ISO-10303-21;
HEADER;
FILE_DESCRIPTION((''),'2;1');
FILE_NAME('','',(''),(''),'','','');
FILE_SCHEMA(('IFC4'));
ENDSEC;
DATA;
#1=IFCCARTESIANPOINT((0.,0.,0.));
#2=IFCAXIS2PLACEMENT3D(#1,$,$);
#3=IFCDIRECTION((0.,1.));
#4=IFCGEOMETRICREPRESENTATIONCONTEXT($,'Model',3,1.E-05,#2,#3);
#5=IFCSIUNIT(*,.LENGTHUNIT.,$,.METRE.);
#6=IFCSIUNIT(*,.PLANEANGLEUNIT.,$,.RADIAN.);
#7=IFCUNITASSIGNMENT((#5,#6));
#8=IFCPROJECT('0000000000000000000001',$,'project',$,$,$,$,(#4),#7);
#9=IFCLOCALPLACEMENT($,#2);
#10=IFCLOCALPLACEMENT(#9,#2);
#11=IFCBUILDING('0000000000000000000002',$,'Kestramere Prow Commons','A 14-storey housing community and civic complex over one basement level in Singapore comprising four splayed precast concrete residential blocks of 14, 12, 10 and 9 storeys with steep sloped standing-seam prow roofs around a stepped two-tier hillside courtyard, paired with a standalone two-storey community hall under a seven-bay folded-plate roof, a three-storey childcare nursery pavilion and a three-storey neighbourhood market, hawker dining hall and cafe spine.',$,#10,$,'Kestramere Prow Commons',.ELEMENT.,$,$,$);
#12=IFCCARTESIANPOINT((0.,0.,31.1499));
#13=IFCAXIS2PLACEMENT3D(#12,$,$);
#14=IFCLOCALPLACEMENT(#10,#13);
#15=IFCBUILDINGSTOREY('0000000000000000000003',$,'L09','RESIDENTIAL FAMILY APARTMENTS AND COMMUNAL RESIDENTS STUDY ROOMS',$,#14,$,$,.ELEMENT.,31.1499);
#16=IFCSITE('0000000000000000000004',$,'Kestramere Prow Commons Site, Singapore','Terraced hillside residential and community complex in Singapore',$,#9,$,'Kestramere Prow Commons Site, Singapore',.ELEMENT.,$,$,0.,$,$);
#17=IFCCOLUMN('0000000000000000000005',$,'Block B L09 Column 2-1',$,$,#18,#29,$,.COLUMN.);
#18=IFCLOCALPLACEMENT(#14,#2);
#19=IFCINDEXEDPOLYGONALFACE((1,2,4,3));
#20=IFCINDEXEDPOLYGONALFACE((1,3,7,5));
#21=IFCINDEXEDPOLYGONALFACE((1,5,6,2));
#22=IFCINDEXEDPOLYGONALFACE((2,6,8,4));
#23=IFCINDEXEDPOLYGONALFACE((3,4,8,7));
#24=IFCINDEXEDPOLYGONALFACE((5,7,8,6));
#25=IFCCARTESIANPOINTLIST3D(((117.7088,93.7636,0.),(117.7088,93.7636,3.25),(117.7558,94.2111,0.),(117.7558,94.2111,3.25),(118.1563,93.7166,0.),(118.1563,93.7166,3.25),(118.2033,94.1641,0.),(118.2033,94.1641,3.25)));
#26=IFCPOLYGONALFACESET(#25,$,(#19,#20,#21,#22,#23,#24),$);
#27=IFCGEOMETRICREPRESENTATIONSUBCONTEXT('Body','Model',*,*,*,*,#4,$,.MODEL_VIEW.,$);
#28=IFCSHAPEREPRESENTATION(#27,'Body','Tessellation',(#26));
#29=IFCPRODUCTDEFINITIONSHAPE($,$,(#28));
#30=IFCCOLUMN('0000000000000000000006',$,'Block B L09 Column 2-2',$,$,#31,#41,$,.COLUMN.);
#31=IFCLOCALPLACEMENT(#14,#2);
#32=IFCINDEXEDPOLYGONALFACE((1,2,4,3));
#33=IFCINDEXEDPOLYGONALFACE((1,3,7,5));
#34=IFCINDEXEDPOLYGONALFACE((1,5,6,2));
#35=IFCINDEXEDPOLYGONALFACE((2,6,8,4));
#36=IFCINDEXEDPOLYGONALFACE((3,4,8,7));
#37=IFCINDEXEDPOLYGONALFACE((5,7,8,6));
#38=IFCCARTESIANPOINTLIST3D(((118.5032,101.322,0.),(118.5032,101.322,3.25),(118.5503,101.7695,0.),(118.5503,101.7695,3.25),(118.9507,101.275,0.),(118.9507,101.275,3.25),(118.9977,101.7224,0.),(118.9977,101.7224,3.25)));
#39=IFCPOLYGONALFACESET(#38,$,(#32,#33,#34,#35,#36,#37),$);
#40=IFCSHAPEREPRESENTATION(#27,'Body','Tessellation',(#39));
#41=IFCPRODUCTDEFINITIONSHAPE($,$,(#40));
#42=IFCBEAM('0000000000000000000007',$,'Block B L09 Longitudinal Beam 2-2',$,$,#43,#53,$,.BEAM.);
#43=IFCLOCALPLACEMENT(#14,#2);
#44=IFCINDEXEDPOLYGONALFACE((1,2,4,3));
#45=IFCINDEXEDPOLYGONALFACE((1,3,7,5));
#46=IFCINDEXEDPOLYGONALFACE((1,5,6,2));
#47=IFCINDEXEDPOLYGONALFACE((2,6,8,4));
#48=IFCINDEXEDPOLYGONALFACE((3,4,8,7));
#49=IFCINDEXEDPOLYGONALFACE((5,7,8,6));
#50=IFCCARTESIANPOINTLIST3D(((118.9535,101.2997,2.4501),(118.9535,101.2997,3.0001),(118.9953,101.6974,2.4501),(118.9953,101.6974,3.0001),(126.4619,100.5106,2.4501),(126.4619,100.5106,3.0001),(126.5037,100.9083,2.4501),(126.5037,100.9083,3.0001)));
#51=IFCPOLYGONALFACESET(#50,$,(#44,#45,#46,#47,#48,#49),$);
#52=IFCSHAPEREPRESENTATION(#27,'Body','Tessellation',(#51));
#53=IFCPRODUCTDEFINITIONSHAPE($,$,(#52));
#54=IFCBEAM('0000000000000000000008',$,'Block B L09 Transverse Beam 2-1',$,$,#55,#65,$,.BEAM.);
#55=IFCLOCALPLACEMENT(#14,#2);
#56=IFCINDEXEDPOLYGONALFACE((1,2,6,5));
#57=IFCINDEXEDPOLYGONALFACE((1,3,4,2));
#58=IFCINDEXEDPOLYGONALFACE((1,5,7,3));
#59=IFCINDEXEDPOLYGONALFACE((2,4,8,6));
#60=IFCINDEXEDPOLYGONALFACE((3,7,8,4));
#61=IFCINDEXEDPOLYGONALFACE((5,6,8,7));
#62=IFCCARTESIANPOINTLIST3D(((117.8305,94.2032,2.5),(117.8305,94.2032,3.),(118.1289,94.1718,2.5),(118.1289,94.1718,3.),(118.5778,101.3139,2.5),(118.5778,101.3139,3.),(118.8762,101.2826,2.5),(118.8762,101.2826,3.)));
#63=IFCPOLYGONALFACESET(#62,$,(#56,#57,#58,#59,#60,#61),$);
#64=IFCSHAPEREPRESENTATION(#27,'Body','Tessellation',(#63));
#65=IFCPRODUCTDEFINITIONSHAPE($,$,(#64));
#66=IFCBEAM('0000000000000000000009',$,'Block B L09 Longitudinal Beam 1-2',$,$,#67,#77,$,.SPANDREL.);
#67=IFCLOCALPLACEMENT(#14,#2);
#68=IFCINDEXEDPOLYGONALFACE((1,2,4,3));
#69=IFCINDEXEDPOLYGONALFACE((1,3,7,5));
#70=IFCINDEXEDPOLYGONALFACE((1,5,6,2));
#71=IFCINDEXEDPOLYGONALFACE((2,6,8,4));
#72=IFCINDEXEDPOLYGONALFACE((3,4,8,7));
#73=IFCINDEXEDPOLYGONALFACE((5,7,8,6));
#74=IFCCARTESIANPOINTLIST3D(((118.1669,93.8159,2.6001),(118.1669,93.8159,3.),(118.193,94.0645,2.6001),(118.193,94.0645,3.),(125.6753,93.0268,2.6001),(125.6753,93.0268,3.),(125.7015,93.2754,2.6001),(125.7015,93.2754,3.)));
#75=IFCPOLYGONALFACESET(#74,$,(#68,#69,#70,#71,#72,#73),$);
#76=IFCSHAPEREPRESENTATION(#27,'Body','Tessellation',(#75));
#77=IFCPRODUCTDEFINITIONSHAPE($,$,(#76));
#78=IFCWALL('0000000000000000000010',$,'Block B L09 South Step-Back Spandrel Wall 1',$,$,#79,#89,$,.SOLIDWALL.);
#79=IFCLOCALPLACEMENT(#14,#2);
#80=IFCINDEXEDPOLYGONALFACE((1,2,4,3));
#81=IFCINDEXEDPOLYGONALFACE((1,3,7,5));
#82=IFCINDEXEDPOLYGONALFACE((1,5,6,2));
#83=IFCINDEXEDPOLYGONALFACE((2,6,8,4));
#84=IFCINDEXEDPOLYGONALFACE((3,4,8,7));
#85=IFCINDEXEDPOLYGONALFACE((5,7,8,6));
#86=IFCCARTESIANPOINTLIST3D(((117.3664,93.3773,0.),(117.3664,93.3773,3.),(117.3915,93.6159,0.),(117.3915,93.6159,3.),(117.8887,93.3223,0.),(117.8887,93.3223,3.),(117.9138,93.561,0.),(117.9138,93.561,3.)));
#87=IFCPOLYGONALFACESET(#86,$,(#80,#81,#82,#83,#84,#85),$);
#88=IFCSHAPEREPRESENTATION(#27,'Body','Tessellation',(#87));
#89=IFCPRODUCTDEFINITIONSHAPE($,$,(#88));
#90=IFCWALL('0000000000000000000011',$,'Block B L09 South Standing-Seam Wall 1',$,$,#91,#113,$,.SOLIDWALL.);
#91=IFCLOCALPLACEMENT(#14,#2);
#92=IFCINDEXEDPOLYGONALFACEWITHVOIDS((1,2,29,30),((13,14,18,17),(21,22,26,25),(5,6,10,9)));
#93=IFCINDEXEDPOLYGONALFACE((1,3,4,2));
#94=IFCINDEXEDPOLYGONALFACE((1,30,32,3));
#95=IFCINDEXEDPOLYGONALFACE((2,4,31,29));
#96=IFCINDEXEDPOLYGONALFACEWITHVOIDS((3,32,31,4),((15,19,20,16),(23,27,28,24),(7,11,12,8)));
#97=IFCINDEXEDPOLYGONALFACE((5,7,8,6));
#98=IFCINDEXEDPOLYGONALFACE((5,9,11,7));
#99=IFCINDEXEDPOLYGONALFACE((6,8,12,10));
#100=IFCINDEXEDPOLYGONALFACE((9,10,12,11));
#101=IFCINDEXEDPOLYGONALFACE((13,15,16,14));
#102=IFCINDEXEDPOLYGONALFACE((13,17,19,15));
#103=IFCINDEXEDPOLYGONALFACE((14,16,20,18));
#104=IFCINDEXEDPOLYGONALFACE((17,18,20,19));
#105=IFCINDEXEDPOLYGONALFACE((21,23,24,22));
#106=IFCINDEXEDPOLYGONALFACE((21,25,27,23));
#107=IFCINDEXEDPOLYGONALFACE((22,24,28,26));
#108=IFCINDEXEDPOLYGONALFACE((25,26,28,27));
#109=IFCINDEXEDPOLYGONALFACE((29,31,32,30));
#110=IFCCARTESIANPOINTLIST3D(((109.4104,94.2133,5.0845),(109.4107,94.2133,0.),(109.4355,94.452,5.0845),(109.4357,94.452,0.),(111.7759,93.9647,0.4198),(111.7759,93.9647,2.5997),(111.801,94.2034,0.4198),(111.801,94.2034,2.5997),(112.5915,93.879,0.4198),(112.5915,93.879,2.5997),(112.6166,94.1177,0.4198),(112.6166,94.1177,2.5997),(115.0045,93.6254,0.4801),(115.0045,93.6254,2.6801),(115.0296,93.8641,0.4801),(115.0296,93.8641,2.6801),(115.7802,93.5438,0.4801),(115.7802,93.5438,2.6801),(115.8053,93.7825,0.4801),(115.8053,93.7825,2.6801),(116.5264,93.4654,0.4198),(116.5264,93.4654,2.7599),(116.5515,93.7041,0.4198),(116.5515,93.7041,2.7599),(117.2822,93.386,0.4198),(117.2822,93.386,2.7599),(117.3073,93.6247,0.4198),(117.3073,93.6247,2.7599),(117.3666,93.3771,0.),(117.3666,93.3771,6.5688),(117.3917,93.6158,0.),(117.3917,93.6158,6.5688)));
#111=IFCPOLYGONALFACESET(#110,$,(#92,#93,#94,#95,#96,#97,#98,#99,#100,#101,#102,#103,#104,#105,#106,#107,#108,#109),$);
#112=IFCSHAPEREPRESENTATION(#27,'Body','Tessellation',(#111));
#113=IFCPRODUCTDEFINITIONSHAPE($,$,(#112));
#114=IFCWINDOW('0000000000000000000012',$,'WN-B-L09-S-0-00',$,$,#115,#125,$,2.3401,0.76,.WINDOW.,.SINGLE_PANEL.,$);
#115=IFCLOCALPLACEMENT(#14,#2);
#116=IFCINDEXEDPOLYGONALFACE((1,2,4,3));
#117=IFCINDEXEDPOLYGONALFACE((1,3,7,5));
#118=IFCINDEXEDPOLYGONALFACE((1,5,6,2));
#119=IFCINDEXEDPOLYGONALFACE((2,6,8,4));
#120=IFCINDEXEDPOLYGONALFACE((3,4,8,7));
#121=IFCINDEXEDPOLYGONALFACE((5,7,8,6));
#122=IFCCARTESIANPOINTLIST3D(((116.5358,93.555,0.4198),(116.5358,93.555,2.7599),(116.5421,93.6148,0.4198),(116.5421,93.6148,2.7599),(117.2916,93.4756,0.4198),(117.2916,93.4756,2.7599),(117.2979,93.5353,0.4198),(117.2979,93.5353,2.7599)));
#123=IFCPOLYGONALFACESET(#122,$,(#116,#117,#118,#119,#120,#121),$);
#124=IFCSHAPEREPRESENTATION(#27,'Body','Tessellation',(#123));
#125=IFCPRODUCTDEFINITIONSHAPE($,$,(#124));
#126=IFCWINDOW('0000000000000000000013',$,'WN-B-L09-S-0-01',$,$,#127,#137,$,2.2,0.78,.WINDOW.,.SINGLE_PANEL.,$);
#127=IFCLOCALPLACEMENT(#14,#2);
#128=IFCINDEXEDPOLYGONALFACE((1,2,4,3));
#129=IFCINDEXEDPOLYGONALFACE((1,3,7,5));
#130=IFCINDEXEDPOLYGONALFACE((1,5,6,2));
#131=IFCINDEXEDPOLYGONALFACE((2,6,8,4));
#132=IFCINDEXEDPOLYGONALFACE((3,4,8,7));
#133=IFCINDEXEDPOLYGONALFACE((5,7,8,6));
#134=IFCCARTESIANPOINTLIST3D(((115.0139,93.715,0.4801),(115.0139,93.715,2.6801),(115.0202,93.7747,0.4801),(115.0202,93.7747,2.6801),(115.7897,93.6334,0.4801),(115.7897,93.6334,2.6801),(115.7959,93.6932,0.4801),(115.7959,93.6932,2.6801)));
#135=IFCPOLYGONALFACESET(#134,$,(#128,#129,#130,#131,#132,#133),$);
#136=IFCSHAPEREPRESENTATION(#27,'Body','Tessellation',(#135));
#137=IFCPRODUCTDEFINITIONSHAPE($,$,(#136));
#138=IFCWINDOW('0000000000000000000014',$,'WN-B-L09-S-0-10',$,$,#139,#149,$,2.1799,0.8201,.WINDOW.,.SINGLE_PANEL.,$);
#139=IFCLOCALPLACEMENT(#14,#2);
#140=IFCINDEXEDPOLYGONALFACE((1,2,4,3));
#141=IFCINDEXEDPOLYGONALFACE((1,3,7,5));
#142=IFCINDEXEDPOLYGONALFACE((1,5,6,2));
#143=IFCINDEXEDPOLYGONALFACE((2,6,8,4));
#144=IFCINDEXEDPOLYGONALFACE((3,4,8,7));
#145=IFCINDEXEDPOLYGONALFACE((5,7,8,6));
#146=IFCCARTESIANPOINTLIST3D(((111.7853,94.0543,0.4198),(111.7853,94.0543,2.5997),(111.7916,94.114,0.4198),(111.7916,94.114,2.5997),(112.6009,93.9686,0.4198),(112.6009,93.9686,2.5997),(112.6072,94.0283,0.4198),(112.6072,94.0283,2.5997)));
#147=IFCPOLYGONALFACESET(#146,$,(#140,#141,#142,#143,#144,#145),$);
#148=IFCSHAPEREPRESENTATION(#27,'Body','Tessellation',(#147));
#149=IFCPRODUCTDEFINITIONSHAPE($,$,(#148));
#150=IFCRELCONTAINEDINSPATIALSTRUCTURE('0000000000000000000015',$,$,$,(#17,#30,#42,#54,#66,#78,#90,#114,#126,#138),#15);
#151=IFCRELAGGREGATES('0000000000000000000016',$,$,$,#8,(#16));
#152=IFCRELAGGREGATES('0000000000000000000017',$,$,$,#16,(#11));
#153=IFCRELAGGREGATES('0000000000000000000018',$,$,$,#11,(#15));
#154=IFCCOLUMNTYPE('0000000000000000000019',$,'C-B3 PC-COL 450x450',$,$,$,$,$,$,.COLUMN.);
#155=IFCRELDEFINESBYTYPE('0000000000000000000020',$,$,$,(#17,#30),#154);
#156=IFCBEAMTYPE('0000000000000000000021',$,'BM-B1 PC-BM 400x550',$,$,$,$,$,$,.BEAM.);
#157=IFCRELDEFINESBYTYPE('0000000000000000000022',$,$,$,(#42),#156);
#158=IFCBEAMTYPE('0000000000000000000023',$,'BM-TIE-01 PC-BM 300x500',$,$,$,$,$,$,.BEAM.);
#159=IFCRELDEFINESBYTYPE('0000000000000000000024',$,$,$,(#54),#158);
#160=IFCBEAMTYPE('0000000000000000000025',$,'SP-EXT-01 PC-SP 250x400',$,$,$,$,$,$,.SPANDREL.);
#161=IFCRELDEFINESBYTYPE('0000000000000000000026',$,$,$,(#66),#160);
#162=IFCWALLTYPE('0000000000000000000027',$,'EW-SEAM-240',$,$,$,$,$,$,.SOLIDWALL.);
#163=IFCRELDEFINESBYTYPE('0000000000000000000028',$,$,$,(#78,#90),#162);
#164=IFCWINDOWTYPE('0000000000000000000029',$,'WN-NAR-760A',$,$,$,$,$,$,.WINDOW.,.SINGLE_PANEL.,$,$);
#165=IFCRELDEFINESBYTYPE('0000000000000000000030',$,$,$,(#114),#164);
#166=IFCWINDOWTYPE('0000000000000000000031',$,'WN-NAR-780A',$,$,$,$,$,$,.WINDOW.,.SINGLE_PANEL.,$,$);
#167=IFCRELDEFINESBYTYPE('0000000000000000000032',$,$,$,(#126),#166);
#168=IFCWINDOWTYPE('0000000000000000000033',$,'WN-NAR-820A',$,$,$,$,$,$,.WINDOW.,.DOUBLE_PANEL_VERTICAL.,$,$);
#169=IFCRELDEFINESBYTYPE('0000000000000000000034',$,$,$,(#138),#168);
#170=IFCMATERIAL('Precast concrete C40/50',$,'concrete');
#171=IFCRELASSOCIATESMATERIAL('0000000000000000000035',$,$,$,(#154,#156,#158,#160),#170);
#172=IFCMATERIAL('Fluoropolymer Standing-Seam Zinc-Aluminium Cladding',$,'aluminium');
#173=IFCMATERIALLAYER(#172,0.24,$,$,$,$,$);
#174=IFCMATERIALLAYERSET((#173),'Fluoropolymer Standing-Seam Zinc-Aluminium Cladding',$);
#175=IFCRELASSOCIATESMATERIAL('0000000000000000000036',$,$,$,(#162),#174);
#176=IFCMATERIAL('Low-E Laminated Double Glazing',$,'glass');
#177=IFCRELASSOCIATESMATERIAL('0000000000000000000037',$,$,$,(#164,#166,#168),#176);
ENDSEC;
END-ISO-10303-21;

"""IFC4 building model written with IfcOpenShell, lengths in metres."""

from ifc_helpers import new_model, si_unit, direction, frame, frame_2d, origin, origin_2d, place, context, subcontext, project, spatial, polyline, rectangle, outline, extrude, material, layer, layer_set, material_profile, profile_set, type_object, element, fill, save


model = new_model("IFC4")

# Units and contexts
model_context = context("Model", 3, precision=1e-05, world=origin(), true_north=direction((0.0, 1.0)))
body_context = subcontext(model_context, "Body", "Model", "MODEL_VIEW")
ifc_project = project(units=[si_unit("LENGTHUNIT", "METRE"), si_unit("PLANEANGLEUNIT", "RADIAN")], contexts=[model_context])

# Site, building, storey
site_placement = place(None, origin())
site = spatial("IfcSite", under=ifc_project, at=site_placement, Name="Kestramere Prow Commons Site, Singapore", Description="Terraced hillside residential and community complex in Singapore", LongName="Kestramere Prow Commons Site, Singapore", CompositionType="ELEMENT", RefElevation=0.0)
building_placement = place(site_placement, origin())
building = spatial("IfcBuilding", under=site, at=building_placement, Name="Kestramere Prow Commons", Description="A 14-storey housing community and civic complex over one basement level in Singapore comprising four splayed precast concrete residential blocks of 14, 12, 10 and 9 storeys with steep sloped standing-seam prow roofs around a stepped two-tier hillside courtyard, paired with a standalone two-storey community hall under a seven-bay folded-plate roof, a three-storey childcare nursery pavilion and a three-storey neighbourhood market, hawker dining hall and cafe spine.", LongName="Kestramere Prow Commons", CompositionType="ELEMENT")
storey_placement = place(building_placement, frame((0.0, 0.0, 31.1499)))
storey = spatial("IfcBuildingStorey", under=building, at=storey_placement, Name="L09", Description="RESIDENTIAL FAMILY APARTMENTS AND COMMUNAL RESIDENTS STUDY ROOMS", CompositionType="ELEMENT", Elevation=31.1499)

# Columns
ifc_material_1 = material(Name="Precast concrete C40/50", Category="concrete")
ifc_material_profile_1 = material_profile(ifc_material_1, rectangle(XDim=0.45, YDim=0.45, at=origin_2d()), Name="PC-COL 450x450")
ifc_profile_set_1 = profile_set([ifc_material_profile_1], Name="Precast concrete C40/50")
column_type = type_object("IfcColumnType", Name="C-B3 PC-COL 450x450", PredefinedType="COLUMN", material=ifc_profile_set_1)
for number, where, z_axis, x_axis, name in (
    (1, (117.9561, 93.9639, 0.0), (0.0, 0.0, 1.0), (0.994522, -0.104528, 0.0), "Block B L09 Column 2-1"),
    (2, (118.7505, 101.5222, 0.0), (0.0, 0.0, 1.0), (0.994522, -0.104528, 0.0), "Block B L09 Column 2-2"),
):
    element("IfcColumn", number, at=place(storey_placement, frame(where, z_axis=z_axis, x_axis=x_axis)), inside=storey, type_object=column_type, Name=name, PredefinedType="COLUMN", context=body_context, shape_type="SweptSolid", body=[
        extrude(rectangle(XDim=0.45, YDim=0.45, at=origin_2d()), origin(), (0.0, 0.0, 1.0), 3.25),
    ])

# Beams
ifc_material_profile_2 = material_profile(ifc_material_1, rectangle(XDim=0.3999, YDim=0.55, at=origin_2d()), Name="PC-BM 400x550")
ifc_profile_set_2 = profile_set([ifc_material_profile_2], Name="Precast concrete C40/50")
beam_type_1 = type_object("IfcBeamType", Name="BM-B1 PC-BM 400x550", PredefinedType="BEAM", material=ifc_profile_set_2)
beam_1_placement = place(storey_placement, frame((118.9744, 101.4985, 2.7251), z_axis=(0.994524, -0.104513, 0.0), x_axis=(0.104513, 0.994524, 0.0)))
element("IfcBeam", 3, at=beam_1_placement, inside=storey, type_object=beam_type_1, Name="Block B L09 Longitudinal Beam 2-2", PredefinedType="BEAM", context=body_context, shape_type="SweptSolid", body=[
    extrude(rectangle(XDim=0.3999, YDim=0.55, at=origin_2d()), origin(), (0.0, 0.0, 1.0), 7.5498),
])
ifc_material_profile_3 = material_profile(ifc_material_1, rectangle(XDim=0.3, YDim=0.5, at=origin_2d()), Name="PC-BM 300x500")
ifc_profile_set_3 = profile_set([ifc_material_profile_3], Name="Precast concrete C40/50")
beam_type_2 = type_object("IfcBeamType", Name="BM-TIE-01 PC-BM 300x500", PredefinedType="BEAM", material=ifc_profile_set_3)
beam_2_placement = place(storey_placement, frame((117.9797, 94.1875, 2.75), z_axis=(0.104519, 0.994523, 0.0), x_axis=(-0.994523, 0.104519, 0.0)))
element("IfcBeam", 4, at=beam_2_placement, inside=storey, type_object=beam_type_2, Name="Block B L09 Transverse Beam 2-1", PredefinedType="BEAM", context=body_context, shape_type="SweptSolid", body=[
    extrude(rectangle(XDim=0.3, YDim=0.5, at=origin_2d()), origin(), (0.0, 0.0, 1.0), 7.1499),
])
ifc_material_profile_4 = material_profile(ifc_material_1, rectangle(XDim=0.25, YDim=0.3999, at=origin_2d()), Name="PC-SP 250x400")
ifc_profile_set_4 = profile_set([ifc_material_profile_4], Name="Precast concrete C40/50")
beam_type_3 = type_object("IfcBeamType", Name="SP-EXT-01 PC-SP 250x400", PredefinedType="SPANDREL", material=ifc_profile_set_4)
beam_3_placement = place(storey_placement, frame((118.1799, 93.9402, 2.8), z_axis=(0.994524, -0.104513, 0.0), x_axis=(0.104513, 0.994524, 0.0)))
element("IfcBeam", 5, at=beam_3_placement, inside=storey, type_object=beam_type_3, Name="Block B L09 Longitudinal Beam 1-2", PredefinedType="SPANDREL", context=body_context, shape_type="SweptSolid", body=[
    extrude(rectangle(XDim=0.25, YDim=0.3999, at=origin_2d()), origin(), (0.0, 0.0, 1.0), 7.5498),
])

# Wall
ifc_material_2 = material(Name="Fluoropolymer Standing-Seam Zinc-Aluminium Cladding", Category="aluminium")
ifc_layer_1 = layer(ifc_material_2, 0.24)
ifc_layer_set_1 = layer_set([ifc_layer_1], Name="Fluoropolymer Standing-Seam Zinc-Aluminium Cladding")
wall_type_1 = type_object("IfcWallType", Name="EW-SEAM-240", PredefinedType="SOLIDWALL", material=ifc_layer_set_1)
wall_1_placement = place(storey_placement, frame((117.9014, 93.4417, 0.0), z_axis=(0.0, 0.0, 1.0), x_axis=(-0.994513, 0.104612, 0.0)))
element("IfcWall", 6, at=wall_1_placement, inside=storey, type_object=wall_type_1, Name="Block B L09 South Step-Back Spandrel Wall 1", PredefinedType="SOLIDWALL", context=body_context, shape_type="SweptSolid", body=[
    extrude(rectangle(XDim=0.5251, YDim=0.24, at=frame_2d((0.2627, 0.0))), origin(), (0.0, 0.0, 1.0), 3.0),
])

# Wall, openings, windows
wall_2_placement = place(storey_placement, frame((117.3792, 93.4966, 0.0), z_axis=(0.0, 0.0, 1.0), x_axis=(-0.994522, 0.104524, 0.0)))
wall_2 = element("IfcWall", 7, at=wall_2_placement, inside=storey, type_object=wall_type_1, Name="Block B L09 South Standing-Seam Wall 1", PredefinedType="SOLIDWALL", context=body_context, shape_type="SweptSolid", body=[
    extrude(outline(polyline([(0.0, 0.0), (7.9998, 0.0), (8.0, 5.0845), (0.0, 6.5688), (0.0, 0.0)])), frame((0.0, 0.1201, 0.0), z_axis=(0.0, -1.0, 0.0), x_axis=(1.0, 0.0, 0.0)), (0.0, 0.0, 1.0), 0.24),
])
opening_1_placement = place(wall_2_placement, frame((0.085, 0.0, 0.4199)))
opening_1 = element("IfcOpeningElement", 8, at=opening_1_placement, cuts=wall_2, PredefinedType="OPENING", context=body_context, shape_type="SweptSolid", body=[
    extrude(rectangle(XDim=0.76, YDim=2.3401, at=frame_2d((0.3799, 1.1699))), frame((0.0, 0.135, 0.0), z_axis=(0.0, -1.0, 0.0), x_axis=(1.0, 0.0, 0.0)), (0.0, 0.0, 1.0), 0.27),
])
opening_2_placement = place(wall_2_placement, frame((1.595, 0.0, 0.48)))
opening_2 = element("IfcOpeningElement", 9, at=opening_2_placement, cuts=wall_2, PredefinedType="OPENING", context=body_context, shape_type="SweptSolid", body=[
    extrude(rectangle(XDim=0.78, YDim=2.2, at=frame_2d((0.3901, 1.1001))), frame((0.0, 0.135, 0.0), z_axis=(0.0, -1.0, 0.0), x_axis=(1.0, 0.0, 0.0)), (0.0, 0.0, 1.0), 0.27),
])
opening_3_placement = place(wall_2_placement, frame((4.8013, 0.0, 0.4199)))
opening_3 = element("IfcOpeningElement", 10, at=opening_3_placement, cuts=wall_2, PredefinedType="OPENING", context=body_context, shape_type="SweptSolid", body=[
    extrude(rectangle(XDim=0.8201, YDim=2.1799, at=frame_2d((0.4102, 1.0898))), frame((0.0, 0.135, 0.0), z_axis=(0.0, -1.0, 0.0), x_axis=(1.0, 0.0, 0.0)), (0.0, 0.0, 1.0), 0.27),
])
ifc_material_3 = material(Name="Low-E Laminated Double Glazing", Category="glass")
window_type_1 = type_object("IfcWindowType", Name="WN-NAR-760A", PartitioningType="SINGLE_PANEL", PredefinedType="WINDOW", material=ifc_material_3)
window_1_placement = place(opening_1_placement, origin())
window_1 = element("IfcWindow", 11, at=window_1_placement, inside=storey, type_object=window_type_1, Name="WN-B-L09-S-0-00", OverallHeight=2.3401, OverallWidth=0.76, PartitioningType="SINGLE_PANEL", PredefinedType="WINDOW", context=body_context, shape_type="SweptSolid", body=[
    extrude(rectangle(XDim=0.76, YDim=2.3401, at=frame_2d((0.3799, 1.1699))), frame((0.0, 0.03, 0.0), z_axis=(0.0, -1.0, 0.0), x_axis=(1.0, 0.0, 0.0)), (0.0, 0.0, 1.0), 0.0601),
])
fill(opening_1, window_1)
window_type_2 = type_object("IfcWindowType", Name="WN-NAR-780A", PartitioningType="SINGLE_PANEL", PredefinedType="WINDOW", material=ifc_material_3)
window_2_placement = place(opening_2_placement, origin())
window_2 = element("IfcWindow", 12, at=window_2_placement, inside=storey, type_object=window_type_2, Name="WN-B-L09-S-0-01", OverallHeight=2.2, OverallWidth=0.78, PartitioningType="SINGLE_PANEL", PredefinedType="WINDOW", context=body_context, shape_type="SweptSolid", body=[
    extrude(rectangle(XDim=0.78, YDim=2.2, at=frame_2d((0.3901, 1.1001))), frame((0.0, 0.03, 0.0), z_axis=(0.0, -1.0, 0.0), x_axis=(1.0, 0.0, 0.0)), (0.0, 0.0, 1.0), 0.0601),
])
fill(opening_2, window_2)
window_type_3 = type_object("IfcWindowType", Name="WN-NAR-820A", PartitioningType="DOUBLE_PANEL_VERTICAL", PredefinedType="WINDOW", material=ifc_material_3)
window_3_placement = place(opening_3_placement, origin())
window_3 = element("IfcWindow", 13, at=window_3_placement, inside=storey, type_object=window_type_3, Name="WN-B-L09-S-0-10", OverallHeight=2.1799, OverallWidth=0.8201, PartitioningType="SINGLE_PANEL", PredefinedType="WINDOW", context=body_context, shape_type="SweptSolid", body=[
    extrude(rectangle(XDim=0.8201, YDim=2.1799, at=frame_2d((0.4102, 1.0898))), frame((0.0, 0.03, 0.0), z_axis=(0.0, -1.0, 0.0), x_axis=(1.0, 0.0, 0.0)), (0.0, 0.0, 1.0), 0.0601),
])
fill(opening_3, window_3)

save(model, "model.ifc")
